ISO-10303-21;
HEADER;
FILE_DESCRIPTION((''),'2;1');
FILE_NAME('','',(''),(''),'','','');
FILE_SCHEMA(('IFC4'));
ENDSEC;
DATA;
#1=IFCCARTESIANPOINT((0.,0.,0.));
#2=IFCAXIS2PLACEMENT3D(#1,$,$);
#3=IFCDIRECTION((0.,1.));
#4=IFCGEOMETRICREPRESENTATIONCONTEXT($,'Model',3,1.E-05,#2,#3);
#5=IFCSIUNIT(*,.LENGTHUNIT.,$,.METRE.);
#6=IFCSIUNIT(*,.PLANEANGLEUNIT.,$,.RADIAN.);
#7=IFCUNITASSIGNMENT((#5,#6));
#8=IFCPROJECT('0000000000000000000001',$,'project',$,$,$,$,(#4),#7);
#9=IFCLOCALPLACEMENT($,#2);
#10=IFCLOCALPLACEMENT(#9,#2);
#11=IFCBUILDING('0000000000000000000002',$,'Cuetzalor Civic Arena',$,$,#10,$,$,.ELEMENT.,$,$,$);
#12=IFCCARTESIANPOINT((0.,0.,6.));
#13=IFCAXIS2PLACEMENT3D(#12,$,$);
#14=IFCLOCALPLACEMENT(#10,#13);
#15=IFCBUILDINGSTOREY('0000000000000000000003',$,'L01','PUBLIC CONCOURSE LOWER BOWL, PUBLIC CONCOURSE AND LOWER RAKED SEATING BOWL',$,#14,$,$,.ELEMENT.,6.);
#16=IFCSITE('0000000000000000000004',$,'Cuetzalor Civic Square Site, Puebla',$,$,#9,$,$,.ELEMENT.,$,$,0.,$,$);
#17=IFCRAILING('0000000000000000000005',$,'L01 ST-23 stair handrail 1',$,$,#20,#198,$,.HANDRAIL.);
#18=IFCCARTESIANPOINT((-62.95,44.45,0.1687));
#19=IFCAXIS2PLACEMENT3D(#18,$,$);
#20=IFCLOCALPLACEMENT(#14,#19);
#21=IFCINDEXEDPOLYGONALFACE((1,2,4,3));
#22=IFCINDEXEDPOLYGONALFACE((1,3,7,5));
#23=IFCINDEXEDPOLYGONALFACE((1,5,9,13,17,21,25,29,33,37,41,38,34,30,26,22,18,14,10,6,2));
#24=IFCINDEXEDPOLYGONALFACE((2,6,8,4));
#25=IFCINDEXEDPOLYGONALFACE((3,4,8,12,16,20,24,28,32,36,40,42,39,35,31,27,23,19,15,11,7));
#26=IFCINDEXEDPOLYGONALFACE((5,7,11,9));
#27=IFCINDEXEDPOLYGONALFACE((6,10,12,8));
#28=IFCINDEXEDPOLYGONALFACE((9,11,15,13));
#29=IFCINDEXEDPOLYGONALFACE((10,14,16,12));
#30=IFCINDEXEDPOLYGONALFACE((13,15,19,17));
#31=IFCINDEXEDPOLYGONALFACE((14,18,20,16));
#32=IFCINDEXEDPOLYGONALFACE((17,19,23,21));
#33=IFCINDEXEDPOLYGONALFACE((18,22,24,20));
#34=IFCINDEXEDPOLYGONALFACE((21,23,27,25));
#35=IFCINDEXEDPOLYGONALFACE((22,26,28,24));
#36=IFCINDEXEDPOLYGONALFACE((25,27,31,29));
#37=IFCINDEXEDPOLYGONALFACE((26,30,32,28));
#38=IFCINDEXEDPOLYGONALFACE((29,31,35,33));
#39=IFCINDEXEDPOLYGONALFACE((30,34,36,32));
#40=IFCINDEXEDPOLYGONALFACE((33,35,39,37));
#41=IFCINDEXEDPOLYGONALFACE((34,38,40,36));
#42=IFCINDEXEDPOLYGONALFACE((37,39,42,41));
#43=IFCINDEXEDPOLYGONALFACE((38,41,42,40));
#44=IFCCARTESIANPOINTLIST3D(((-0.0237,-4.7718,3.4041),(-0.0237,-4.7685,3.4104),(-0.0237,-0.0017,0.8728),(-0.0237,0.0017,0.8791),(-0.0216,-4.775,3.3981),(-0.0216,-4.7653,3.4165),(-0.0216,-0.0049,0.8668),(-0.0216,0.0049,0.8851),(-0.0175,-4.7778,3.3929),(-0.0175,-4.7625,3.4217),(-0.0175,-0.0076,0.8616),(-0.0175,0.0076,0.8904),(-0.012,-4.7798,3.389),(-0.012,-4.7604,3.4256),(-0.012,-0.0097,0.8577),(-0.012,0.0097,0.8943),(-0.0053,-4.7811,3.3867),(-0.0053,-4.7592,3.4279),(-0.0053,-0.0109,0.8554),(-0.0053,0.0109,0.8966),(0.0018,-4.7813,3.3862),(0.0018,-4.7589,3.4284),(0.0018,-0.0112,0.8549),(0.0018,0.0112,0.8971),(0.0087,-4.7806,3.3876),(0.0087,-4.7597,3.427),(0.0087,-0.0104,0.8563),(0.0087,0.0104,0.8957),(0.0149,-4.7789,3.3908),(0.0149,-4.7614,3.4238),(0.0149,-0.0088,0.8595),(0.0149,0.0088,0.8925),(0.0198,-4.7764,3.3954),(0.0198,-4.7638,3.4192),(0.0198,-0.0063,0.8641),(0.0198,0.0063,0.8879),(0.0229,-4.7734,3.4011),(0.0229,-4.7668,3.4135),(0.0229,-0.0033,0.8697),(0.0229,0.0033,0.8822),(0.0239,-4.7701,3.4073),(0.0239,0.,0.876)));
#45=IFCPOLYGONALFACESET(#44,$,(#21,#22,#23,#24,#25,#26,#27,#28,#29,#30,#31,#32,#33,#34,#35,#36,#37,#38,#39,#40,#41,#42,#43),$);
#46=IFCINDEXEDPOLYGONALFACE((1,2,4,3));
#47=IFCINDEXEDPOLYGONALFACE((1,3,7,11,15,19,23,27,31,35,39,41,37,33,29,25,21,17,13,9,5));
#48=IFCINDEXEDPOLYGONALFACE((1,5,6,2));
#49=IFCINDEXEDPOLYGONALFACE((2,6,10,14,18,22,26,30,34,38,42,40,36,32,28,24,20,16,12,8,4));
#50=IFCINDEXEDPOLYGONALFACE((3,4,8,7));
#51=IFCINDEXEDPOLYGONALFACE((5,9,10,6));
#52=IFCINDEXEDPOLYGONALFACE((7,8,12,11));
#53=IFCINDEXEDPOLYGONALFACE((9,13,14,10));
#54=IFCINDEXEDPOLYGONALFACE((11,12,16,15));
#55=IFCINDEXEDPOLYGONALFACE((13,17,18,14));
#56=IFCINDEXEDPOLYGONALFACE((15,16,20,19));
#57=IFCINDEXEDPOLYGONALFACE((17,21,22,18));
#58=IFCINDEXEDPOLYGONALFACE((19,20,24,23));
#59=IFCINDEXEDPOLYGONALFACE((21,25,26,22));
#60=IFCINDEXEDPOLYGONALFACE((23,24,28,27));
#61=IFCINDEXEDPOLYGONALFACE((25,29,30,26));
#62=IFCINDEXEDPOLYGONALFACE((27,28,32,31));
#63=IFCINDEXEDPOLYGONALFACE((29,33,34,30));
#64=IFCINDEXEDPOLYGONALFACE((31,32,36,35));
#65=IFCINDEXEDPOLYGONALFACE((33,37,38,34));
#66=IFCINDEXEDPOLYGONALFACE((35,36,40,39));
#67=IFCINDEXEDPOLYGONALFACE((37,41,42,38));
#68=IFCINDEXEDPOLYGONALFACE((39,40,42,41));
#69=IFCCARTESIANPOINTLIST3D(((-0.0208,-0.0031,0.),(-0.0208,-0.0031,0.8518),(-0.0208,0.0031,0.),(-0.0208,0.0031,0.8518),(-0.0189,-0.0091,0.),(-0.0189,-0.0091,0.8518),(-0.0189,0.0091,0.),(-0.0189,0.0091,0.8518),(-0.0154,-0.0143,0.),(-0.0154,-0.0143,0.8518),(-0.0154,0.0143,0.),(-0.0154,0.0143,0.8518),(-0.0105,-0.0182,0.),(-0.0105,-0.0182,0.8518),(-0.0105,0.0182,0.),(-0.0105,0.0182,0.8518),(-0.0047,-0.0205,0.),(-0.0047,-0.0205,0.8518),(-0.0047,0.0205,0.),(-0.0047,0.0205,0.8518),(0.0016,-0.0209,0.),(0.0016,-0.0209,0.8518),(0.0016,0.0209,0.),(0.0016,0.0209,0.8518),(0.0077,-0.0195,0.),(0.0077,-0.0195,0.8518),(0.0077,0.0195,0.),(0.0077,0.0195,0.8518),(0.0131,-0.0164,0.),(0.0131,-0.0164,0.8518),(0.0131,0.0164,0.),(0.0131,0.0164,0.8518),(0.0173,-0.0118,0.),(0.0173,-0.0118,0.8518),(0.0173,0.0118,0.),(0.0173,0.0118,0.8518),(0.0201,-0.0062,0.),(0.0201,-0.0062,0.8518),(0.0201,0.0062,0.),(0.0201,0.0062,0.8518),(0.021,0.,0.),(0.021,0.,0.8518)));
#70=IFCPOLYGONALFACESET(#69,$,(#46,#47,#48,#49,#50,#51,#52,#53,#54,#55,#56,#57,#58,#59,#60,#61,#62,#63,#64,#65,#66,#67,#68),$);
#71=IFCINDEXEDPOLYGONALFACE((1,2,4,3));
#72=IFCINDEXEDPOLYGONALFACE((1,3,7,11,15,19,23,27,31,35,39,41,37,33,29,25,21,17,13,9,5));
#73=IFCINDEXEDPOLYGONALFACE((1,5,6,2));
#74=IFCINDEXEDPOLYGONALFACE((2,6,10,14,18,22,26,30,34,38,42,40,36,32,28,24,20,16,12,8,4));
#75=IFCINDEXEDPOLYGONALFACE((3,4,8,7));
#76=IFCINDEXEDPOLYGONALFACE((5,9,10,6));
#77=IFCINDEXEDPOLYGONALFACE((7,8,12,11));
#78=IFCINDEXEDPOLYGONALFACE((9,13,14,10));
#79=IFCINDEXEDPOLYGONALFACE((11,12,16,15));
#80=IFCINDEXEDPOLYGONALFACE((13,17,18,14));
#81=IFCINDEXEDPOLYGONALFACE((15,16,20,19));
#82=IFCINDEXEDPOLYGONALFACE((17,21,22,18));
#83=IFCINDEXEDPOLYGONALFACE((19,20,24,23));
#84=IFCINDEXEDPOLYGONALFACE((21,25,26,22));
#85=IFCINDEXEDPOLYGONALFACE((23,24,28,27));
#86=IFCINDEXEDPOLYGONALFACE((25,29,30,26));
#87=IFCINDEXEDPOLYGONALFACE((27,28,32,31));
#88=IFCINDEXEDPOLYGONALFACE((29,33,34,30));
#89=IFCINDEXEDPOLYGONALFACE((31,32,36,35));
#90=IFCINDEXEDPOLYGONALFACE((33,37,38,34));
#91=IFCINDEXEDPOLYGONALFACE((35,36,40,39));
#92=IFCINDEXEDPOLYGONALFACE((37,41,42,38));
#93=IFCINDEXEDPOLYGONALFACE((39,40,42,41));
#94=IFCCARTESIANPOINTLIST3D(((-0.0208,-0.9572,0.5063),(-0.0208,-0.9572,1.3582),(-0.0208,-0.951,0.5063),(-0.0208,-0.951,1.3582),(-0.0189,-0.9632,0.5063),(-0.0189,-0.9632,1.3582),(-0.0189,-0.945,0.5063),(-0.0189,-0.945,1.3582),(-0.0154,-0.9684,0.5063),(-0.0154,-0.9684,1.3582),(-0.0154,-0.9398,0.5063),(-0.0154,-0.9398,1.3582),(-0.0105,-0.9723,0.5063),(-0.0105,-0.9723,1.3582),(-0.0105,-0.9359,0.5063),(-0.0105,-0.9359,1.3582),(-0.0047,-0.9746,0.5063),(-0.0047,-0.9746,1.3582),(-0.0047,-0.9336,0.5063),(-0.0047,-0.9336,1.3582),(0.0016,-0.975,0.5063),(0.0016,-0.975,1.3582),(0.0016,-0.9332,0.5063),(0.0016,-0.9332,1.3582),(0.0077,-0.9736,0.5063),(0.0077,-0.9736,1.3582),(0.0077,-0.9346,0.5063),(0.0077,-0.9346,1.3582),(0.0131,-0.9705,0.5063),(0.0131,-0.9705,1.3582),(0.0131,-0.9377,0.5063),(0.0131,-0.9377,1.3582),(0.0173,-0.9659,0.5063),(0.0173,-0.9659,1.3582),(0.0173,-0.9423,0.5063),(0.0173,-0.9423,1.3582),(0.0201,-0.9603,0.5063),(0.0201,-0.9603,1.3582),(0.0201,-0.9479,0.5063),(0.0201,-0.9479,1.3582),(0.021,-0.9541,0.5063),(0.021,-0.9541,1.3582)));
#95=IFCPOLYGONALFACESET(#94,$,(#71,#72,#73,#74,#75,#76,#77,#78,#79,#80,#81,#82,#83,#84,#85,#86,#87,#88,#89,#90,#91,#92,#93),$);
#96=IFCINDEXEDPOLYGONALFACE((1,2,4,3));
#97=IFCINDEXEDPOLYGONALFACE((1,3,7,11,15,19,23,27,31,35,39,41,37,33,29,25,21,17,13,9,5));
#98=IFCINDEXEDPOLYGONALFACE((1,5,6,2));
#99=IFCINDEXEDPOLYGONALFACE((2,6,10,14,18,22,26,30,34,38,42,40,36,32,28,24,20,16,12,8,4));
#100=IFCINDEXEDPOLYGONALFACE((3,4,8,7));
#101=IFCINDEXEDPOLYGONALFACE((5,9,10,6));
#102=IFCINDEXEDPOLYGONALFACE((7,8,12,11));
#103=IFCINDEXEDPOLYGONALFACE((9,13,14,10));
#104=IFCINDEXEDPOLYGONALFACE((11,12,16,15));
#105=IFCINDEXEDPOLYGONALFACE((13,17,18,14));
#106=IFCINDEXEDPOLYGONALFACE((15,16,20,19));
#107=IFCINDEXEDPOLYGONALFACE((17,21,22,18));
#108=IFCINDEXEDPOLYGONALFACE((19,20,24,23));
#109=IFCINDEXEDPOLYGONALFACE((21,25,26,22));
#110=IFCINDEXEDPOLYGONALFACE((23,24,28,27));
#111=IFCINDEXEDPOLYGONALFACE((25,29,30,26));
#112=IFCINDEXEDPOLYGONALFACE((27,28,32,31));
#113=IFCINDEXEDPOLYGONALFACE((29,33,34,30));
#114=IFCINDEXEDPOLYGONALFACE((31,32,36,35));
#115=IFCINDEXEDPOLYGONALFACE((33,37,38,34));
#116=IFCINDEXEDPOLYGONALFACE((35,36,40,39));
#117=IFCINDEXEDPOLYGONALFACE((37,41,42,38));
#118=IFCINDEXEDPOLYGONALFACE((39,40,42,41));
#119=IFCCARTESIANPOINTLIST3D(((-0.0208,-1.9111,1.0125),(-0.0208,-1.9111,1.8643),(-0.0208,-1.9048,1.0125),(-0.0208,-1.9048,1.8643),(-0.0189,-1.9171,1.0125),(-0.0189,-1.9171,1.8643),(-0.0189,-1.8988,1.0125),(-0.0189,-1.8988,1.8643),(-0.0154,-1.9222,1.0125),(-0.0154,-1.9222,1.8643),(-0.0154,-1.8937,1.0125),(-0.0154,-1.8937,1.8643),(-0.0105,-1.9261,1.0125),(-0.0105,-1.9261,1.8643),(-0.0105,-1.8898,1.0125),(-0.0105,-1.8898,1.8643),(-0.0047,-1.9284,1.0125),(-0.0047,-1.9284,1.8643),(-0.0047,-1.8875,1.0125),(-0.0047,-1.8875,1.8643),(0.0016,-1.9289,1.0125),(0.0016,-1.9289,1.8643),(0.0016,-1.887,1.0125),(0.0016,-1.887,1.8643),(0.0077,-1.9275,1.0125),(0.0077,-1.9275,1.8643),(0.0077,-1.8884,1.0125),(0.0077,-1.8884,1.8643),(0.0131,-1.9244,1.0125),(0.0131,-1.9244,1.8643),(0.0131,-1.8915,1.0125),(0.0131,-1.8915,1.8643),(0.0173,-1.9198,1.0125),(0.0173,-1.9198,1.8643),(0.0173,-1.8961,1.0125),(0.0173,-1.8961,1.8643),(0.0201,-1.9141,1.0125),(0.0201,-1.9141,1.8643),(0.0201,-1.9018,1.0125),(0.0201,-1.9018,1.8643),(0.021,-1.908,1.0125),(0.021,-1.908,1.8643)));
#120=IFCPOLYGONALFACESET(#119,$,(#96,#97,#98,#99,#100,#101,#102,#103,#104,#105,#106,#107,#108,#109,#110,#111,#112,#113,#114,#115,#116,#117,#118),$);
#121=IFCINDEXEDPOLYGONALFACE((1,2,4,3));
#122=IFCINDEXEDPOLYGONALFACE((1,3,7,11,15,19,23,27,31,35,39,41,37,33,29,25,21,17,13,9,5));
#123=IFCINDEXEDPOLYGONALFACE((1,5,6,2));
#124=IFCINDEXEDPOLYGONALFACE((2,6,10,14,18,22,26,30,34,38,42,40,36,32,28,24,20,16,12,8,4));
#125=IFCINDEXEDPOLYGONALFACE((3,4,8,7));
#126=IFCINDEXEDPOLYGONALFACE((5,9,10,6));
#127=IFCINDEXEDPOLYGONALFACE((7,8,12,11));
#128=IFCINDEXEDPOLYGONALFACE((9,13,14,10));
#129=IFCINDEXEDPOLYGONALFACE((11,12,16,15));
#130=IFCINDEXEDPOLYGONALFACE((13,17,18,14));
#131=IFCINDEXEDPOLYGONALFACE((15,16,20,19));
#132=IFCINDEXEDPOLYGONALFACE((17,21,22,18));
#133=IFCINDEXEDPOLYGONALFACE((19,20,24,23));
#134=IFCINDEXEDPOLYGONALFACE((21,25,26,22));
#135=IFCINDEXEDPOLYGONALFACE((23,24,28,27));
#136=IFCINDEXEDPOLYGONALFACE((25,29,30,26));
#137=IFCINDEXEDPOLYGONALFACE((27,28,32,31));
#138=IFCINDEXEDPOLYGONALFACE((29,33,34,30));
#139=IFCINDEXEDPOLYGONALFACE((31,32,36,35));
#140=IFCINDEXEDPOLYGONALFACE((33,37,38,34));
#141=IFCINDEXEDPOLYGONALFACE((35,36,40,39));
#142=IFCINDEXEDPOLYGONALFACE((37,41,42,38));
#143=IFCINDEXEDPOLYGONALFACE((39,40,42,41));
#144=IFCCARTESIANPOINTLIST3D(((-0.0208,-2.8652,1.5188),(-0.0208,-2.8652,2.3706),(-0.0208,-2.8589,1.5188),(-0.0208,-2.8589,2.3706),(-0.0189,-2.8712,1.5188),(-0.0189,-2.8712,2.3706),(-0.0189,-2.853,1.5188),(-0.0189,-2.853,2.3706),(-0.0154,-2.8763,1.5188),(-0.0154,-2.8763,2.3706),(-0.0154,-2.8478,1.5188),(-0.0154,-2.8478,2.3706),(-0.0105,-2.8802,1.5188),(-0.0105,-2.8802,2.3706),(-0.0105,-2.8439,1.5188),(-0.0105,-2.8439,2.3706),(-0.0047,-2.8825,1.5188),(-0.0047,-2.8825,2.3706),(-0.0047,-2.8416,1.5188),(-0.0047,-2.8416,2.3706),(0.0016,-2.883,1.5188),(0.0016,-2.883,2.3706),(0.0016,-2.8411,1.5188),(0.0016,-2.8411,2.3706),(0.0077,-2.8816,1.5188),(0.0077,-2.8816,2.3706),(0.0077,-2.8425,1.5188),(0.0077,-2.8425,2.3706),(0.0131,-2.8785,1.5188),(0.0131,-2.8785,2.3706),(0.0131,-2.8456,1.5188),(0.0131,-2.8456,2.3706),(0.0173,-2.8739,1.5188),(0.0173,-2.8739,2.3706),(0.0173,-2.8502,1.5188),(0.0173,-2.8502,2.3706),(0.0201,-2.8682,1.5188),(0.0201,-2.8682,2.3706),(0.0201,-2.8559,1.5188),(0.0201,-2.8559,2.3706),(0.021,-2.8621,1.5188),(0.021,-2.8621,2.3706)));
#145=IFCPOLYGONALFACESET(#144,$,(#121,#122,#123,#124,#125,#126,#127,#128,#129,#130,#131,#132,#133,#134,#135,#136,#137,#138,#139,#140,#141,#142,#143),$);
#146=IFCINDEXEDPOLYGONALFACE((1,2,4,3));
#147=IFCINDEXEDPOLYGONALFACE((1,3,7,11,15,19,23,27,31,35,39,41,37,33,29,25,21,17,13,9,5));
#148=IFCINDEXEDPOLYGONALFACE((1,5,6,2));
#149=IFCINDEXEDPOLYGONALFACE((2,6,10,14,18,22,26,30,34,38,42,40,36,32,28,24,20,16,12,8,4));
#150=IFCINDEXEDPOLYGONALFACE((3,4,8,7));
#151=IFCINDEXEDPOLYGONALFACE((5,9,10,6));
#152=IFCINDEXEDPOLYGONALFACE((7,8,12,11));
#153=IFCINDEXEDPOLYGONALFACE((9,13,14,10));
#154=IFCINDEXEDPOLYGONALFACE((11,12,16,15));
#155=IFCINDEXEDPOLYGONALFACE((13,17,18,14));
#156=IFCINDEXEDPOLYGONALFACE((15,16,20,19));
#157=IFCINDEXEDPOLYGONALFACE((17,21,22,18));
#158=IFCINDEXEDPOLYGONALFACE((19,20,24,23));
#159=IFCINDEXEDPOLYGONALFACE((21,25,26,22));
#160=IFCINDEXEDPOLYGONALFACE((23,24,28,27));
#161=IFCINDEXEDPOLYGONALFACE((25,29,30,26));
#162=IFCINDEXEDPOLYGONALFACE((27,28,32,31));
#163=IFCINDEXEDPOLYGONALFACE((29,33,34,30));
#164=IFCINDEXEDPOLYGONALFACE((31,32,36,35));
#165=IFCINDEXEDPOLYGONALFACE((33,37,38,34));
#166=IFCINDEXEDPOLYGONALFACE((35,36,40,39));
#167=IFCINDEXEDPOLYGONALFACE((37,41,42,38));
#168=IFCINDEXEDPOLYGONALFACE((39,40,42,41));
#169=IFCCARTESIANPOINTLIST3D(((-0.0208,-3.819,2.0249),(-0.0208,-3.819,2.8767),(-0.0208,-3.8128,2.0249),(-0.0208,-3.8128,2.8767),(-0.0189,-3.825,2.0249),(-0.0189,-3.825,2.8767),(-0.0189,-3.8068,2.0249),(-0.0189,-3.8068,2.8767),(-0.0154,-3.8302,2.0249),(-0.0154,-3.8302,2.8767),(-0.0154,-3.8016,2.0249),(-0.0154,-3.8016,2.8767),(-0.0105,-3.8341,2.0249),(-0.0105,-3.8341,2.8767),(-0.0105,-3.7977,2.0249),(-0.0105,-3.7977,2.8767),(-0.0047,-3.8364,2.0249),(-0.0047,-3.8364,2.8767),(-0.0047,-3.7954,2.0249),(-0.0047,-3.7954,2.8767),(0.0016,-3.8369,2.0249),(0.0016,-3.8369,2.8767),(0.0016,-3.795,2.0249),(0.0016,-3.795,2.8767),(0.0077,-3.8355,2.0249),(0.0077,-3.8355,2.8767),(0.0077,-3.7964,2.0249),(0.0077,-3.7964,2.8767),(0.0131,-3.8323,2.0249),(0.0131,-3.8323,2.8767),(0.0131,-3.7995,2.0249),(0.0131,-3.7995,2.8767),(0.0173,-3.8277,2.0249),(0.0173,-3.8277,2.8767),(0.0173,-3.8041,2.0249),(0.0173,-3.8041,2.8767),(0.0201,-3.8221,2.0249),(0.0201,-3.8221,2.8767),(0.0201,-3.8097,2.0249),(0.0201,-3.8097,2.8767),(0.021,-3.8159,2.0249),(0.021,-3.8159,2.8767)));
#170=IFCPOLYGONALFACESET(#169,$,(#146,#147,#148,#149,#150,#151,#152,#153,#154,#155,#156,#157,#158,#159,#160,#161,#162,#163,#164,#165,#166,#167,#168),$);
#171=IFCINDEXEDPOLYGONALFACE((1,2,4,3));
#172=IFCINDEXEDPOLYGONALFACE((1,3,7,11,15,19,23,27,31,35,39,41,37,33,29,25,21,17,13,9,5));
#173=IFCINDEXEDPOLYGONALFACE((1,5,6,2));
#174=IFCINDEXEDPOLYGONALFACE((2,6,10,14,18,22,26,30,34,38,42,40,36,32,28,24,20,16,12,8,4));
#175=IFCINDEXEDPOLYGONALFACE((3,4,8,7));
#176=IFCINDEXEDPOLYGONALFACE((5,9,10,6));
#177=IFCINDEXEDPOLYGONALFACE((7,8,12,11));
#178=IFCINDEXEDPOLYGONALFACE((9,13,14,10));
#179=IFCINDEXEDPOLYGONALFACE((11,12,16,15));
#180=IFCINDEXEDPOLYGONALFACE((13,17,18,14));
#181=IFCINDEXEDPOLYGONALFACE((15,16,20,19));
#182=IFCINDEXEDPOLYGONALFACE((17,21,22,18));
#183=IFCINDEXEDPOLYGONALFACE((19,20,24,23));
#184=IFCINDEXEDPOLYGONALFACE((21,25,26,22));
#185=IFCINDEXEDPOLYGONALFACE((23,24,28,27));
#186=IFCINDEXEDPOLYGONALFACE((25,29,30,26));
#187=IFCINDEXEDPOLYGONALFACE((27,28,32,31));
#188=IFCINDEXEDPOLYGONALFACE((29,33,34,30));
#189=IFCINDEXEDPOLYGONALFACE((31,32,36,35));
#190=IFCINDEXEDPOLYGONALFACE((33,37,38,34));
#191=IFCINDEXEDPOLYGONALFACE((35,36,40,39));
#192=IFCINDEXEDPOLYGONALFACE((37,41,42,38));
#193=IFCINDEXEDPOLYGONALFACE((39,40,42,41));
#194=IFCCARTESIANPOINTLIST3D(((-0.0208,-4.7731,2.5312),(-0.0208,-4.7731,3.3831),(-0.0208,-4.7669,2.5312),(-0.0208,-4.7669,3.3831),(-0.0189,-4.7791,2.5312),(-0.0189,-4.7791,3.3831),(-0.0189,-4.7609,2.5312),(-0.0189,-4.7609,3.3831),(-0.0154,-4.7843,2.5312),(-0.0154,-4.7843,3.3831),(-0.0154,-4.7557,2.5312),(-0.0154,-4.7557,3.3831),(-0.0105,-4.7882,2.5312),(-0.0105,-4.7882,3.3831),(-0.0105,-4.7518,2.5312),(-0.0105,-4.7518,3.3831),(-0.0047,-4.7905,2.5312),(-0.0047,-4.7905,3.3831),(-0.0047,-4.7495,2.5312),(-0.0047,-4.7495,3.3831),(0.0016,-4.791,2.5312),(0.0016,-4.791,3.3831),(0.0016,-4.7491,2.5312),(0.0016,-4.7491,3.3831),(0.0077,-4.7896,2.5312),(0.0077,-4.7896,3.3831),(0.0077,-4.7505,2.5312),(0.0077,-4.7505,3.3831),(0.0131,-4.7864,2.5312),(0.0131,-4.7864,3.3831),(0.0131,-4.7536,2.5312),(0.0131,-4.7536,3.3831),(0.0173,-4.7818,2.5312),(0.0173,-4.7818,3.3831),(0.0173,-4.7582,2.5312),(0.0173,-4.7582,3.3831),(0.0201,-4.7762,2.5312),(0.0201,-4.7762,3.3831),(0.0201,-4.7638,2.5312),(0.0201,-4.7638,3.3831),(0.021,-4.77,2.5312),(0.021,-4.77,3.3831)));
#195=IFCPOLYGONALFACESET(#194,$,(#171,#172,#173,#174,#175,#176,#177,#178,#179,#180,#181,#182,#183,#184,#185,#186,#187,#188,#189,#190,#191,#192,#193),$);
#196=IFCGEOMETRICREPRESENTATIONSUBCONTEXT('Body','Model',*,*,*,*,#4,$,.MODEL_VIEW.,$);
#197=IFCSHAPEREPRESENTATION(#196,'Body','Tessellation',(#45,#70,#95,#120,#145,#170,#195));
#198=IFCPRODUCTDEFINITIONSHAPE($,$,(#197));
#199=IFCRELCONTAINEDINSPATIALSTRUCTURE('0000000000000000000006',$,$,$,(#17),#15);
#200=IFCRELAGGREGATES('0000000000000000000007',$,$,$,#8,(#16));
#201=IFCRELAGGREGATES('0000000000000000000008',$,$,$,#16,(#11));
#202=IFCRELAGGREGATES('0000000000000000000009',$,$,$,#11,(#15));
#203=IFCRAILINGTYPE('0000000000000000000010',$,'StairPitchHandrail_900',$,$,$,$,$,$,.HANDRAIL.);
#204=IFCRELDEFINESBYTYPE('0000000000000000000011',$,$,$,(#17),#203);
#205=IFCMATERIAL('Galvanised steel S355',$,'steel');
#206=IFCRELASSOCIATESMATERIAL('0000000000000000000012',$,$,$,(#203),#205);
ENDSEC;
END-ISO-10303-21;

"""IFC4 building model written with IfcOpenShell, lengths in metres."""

from ifc_helpers import new_model, si_unit, direction, frame, origin, origin_2d, place, context, subcontext, project, spatial, circle, extrude, material, type_object, element, save


model = new_model("IFC4")

# Units and contexts
model_context = context("Model", 3, precision=1e-05, world=origin(), true_north=direction((0.0, 1.0)))
body_context = subcontext(model_context, "Body", "Model", "MODEL_VIEW")
ifc_project = project(units=[si_unit("LENGTHUNIT", "METRE"), si_unit("PLANEANGLEUNIT", "RADIAN")], contexts=[model_context])

# Site, building, storey
site_placement = place(None, origin())
site = spatial("IfcSite", under=ifc_project, at=site_placement, Name="Cuetzalor Civic Square Site, Puebla", CompositionType="ELEMENT", RefElevation=0.0)
building_placement = place(site_placement, origin())
building = spatial("IfcBuilding", under=site, at=building_placement, Name="Cuetzalor Civic Arena", CompositionType="ELEMENT")
storey_placement = place(building_placement, frame((0.0, 0.0, 6.0)))
storey = spatial("IfcBuildingStorey", under=building, at=storey_placement, Name="L01", Description="PUBLIC CONCOURSE LOWER BOWL, PUBLIC CONCOURSE AND LOWER RAKED SEATING BOWL", CompositionType="ELEMENT", Elevation=6.0)

# Railing
ifc_material_1 = material(Name="Galvanised steel S355", Category="steel")
railing_type_1 = type_object("IfcRailingType", Name="StairPitchHandrail_900", PredefinedType="HANDRAIL", material=ifc_material_1)
railing_1_placement = place(storey_placement, frame((-62.95, 44.45, 0.1687)))
element("IfcRailing", 1, at=railing_1_placement, inside=storey, type_object=railing_type_1, Name="L01 ST-23 stair handrail 1", PredefinedType="HANDRAIL", context=body_context, shape_type="SweptSolid", body=[
    extrude(circle(Radius=0.0239, at=origin_2d()), frame((0.0, 0.0, 0.876), z_axis=(0.0, -0.883332, 0.468747), x_axis=(1.0, 0.0, 0.0)), (0.0, 0.0, 1.0), 5.4001),
    extrude(circle(Radius=0.021, at=origin_2d()), origin(), (0.0, 0.0, 1.0), 0.8518),
    extrude(circle(Radius=0.021, at=origin_2d()), frame((0.0, -0.9541, 0.5063)), (0.0, 0.0, 1.0), 0.8518),
    extrude(circle(Radius=0.021, at=origin_2d()), frame((0.0, -1.908, 1.0125)), (0.0, 0.0, 1.0), 0.8518),
    extrude(circle(Radius=0.021, at=origin_2d()), frame((0.0, -2.8621, 1.5188)), (0.0, 0.0, 1.0), 0.8518),
    extrude(circle(Radius=0.021, at=origin_2d()), frame((0.0, -3.8159, 2.0249)), (0.0, 0.0, 1.0), 0.8518),
    extrude(circle(Radius=0.021, at=origin_2d()), frame((0.0, -4.77, 2.5312)), (0.0, 0.0, 1.0), 0.8518),
])

save(model, "model.ifc")
